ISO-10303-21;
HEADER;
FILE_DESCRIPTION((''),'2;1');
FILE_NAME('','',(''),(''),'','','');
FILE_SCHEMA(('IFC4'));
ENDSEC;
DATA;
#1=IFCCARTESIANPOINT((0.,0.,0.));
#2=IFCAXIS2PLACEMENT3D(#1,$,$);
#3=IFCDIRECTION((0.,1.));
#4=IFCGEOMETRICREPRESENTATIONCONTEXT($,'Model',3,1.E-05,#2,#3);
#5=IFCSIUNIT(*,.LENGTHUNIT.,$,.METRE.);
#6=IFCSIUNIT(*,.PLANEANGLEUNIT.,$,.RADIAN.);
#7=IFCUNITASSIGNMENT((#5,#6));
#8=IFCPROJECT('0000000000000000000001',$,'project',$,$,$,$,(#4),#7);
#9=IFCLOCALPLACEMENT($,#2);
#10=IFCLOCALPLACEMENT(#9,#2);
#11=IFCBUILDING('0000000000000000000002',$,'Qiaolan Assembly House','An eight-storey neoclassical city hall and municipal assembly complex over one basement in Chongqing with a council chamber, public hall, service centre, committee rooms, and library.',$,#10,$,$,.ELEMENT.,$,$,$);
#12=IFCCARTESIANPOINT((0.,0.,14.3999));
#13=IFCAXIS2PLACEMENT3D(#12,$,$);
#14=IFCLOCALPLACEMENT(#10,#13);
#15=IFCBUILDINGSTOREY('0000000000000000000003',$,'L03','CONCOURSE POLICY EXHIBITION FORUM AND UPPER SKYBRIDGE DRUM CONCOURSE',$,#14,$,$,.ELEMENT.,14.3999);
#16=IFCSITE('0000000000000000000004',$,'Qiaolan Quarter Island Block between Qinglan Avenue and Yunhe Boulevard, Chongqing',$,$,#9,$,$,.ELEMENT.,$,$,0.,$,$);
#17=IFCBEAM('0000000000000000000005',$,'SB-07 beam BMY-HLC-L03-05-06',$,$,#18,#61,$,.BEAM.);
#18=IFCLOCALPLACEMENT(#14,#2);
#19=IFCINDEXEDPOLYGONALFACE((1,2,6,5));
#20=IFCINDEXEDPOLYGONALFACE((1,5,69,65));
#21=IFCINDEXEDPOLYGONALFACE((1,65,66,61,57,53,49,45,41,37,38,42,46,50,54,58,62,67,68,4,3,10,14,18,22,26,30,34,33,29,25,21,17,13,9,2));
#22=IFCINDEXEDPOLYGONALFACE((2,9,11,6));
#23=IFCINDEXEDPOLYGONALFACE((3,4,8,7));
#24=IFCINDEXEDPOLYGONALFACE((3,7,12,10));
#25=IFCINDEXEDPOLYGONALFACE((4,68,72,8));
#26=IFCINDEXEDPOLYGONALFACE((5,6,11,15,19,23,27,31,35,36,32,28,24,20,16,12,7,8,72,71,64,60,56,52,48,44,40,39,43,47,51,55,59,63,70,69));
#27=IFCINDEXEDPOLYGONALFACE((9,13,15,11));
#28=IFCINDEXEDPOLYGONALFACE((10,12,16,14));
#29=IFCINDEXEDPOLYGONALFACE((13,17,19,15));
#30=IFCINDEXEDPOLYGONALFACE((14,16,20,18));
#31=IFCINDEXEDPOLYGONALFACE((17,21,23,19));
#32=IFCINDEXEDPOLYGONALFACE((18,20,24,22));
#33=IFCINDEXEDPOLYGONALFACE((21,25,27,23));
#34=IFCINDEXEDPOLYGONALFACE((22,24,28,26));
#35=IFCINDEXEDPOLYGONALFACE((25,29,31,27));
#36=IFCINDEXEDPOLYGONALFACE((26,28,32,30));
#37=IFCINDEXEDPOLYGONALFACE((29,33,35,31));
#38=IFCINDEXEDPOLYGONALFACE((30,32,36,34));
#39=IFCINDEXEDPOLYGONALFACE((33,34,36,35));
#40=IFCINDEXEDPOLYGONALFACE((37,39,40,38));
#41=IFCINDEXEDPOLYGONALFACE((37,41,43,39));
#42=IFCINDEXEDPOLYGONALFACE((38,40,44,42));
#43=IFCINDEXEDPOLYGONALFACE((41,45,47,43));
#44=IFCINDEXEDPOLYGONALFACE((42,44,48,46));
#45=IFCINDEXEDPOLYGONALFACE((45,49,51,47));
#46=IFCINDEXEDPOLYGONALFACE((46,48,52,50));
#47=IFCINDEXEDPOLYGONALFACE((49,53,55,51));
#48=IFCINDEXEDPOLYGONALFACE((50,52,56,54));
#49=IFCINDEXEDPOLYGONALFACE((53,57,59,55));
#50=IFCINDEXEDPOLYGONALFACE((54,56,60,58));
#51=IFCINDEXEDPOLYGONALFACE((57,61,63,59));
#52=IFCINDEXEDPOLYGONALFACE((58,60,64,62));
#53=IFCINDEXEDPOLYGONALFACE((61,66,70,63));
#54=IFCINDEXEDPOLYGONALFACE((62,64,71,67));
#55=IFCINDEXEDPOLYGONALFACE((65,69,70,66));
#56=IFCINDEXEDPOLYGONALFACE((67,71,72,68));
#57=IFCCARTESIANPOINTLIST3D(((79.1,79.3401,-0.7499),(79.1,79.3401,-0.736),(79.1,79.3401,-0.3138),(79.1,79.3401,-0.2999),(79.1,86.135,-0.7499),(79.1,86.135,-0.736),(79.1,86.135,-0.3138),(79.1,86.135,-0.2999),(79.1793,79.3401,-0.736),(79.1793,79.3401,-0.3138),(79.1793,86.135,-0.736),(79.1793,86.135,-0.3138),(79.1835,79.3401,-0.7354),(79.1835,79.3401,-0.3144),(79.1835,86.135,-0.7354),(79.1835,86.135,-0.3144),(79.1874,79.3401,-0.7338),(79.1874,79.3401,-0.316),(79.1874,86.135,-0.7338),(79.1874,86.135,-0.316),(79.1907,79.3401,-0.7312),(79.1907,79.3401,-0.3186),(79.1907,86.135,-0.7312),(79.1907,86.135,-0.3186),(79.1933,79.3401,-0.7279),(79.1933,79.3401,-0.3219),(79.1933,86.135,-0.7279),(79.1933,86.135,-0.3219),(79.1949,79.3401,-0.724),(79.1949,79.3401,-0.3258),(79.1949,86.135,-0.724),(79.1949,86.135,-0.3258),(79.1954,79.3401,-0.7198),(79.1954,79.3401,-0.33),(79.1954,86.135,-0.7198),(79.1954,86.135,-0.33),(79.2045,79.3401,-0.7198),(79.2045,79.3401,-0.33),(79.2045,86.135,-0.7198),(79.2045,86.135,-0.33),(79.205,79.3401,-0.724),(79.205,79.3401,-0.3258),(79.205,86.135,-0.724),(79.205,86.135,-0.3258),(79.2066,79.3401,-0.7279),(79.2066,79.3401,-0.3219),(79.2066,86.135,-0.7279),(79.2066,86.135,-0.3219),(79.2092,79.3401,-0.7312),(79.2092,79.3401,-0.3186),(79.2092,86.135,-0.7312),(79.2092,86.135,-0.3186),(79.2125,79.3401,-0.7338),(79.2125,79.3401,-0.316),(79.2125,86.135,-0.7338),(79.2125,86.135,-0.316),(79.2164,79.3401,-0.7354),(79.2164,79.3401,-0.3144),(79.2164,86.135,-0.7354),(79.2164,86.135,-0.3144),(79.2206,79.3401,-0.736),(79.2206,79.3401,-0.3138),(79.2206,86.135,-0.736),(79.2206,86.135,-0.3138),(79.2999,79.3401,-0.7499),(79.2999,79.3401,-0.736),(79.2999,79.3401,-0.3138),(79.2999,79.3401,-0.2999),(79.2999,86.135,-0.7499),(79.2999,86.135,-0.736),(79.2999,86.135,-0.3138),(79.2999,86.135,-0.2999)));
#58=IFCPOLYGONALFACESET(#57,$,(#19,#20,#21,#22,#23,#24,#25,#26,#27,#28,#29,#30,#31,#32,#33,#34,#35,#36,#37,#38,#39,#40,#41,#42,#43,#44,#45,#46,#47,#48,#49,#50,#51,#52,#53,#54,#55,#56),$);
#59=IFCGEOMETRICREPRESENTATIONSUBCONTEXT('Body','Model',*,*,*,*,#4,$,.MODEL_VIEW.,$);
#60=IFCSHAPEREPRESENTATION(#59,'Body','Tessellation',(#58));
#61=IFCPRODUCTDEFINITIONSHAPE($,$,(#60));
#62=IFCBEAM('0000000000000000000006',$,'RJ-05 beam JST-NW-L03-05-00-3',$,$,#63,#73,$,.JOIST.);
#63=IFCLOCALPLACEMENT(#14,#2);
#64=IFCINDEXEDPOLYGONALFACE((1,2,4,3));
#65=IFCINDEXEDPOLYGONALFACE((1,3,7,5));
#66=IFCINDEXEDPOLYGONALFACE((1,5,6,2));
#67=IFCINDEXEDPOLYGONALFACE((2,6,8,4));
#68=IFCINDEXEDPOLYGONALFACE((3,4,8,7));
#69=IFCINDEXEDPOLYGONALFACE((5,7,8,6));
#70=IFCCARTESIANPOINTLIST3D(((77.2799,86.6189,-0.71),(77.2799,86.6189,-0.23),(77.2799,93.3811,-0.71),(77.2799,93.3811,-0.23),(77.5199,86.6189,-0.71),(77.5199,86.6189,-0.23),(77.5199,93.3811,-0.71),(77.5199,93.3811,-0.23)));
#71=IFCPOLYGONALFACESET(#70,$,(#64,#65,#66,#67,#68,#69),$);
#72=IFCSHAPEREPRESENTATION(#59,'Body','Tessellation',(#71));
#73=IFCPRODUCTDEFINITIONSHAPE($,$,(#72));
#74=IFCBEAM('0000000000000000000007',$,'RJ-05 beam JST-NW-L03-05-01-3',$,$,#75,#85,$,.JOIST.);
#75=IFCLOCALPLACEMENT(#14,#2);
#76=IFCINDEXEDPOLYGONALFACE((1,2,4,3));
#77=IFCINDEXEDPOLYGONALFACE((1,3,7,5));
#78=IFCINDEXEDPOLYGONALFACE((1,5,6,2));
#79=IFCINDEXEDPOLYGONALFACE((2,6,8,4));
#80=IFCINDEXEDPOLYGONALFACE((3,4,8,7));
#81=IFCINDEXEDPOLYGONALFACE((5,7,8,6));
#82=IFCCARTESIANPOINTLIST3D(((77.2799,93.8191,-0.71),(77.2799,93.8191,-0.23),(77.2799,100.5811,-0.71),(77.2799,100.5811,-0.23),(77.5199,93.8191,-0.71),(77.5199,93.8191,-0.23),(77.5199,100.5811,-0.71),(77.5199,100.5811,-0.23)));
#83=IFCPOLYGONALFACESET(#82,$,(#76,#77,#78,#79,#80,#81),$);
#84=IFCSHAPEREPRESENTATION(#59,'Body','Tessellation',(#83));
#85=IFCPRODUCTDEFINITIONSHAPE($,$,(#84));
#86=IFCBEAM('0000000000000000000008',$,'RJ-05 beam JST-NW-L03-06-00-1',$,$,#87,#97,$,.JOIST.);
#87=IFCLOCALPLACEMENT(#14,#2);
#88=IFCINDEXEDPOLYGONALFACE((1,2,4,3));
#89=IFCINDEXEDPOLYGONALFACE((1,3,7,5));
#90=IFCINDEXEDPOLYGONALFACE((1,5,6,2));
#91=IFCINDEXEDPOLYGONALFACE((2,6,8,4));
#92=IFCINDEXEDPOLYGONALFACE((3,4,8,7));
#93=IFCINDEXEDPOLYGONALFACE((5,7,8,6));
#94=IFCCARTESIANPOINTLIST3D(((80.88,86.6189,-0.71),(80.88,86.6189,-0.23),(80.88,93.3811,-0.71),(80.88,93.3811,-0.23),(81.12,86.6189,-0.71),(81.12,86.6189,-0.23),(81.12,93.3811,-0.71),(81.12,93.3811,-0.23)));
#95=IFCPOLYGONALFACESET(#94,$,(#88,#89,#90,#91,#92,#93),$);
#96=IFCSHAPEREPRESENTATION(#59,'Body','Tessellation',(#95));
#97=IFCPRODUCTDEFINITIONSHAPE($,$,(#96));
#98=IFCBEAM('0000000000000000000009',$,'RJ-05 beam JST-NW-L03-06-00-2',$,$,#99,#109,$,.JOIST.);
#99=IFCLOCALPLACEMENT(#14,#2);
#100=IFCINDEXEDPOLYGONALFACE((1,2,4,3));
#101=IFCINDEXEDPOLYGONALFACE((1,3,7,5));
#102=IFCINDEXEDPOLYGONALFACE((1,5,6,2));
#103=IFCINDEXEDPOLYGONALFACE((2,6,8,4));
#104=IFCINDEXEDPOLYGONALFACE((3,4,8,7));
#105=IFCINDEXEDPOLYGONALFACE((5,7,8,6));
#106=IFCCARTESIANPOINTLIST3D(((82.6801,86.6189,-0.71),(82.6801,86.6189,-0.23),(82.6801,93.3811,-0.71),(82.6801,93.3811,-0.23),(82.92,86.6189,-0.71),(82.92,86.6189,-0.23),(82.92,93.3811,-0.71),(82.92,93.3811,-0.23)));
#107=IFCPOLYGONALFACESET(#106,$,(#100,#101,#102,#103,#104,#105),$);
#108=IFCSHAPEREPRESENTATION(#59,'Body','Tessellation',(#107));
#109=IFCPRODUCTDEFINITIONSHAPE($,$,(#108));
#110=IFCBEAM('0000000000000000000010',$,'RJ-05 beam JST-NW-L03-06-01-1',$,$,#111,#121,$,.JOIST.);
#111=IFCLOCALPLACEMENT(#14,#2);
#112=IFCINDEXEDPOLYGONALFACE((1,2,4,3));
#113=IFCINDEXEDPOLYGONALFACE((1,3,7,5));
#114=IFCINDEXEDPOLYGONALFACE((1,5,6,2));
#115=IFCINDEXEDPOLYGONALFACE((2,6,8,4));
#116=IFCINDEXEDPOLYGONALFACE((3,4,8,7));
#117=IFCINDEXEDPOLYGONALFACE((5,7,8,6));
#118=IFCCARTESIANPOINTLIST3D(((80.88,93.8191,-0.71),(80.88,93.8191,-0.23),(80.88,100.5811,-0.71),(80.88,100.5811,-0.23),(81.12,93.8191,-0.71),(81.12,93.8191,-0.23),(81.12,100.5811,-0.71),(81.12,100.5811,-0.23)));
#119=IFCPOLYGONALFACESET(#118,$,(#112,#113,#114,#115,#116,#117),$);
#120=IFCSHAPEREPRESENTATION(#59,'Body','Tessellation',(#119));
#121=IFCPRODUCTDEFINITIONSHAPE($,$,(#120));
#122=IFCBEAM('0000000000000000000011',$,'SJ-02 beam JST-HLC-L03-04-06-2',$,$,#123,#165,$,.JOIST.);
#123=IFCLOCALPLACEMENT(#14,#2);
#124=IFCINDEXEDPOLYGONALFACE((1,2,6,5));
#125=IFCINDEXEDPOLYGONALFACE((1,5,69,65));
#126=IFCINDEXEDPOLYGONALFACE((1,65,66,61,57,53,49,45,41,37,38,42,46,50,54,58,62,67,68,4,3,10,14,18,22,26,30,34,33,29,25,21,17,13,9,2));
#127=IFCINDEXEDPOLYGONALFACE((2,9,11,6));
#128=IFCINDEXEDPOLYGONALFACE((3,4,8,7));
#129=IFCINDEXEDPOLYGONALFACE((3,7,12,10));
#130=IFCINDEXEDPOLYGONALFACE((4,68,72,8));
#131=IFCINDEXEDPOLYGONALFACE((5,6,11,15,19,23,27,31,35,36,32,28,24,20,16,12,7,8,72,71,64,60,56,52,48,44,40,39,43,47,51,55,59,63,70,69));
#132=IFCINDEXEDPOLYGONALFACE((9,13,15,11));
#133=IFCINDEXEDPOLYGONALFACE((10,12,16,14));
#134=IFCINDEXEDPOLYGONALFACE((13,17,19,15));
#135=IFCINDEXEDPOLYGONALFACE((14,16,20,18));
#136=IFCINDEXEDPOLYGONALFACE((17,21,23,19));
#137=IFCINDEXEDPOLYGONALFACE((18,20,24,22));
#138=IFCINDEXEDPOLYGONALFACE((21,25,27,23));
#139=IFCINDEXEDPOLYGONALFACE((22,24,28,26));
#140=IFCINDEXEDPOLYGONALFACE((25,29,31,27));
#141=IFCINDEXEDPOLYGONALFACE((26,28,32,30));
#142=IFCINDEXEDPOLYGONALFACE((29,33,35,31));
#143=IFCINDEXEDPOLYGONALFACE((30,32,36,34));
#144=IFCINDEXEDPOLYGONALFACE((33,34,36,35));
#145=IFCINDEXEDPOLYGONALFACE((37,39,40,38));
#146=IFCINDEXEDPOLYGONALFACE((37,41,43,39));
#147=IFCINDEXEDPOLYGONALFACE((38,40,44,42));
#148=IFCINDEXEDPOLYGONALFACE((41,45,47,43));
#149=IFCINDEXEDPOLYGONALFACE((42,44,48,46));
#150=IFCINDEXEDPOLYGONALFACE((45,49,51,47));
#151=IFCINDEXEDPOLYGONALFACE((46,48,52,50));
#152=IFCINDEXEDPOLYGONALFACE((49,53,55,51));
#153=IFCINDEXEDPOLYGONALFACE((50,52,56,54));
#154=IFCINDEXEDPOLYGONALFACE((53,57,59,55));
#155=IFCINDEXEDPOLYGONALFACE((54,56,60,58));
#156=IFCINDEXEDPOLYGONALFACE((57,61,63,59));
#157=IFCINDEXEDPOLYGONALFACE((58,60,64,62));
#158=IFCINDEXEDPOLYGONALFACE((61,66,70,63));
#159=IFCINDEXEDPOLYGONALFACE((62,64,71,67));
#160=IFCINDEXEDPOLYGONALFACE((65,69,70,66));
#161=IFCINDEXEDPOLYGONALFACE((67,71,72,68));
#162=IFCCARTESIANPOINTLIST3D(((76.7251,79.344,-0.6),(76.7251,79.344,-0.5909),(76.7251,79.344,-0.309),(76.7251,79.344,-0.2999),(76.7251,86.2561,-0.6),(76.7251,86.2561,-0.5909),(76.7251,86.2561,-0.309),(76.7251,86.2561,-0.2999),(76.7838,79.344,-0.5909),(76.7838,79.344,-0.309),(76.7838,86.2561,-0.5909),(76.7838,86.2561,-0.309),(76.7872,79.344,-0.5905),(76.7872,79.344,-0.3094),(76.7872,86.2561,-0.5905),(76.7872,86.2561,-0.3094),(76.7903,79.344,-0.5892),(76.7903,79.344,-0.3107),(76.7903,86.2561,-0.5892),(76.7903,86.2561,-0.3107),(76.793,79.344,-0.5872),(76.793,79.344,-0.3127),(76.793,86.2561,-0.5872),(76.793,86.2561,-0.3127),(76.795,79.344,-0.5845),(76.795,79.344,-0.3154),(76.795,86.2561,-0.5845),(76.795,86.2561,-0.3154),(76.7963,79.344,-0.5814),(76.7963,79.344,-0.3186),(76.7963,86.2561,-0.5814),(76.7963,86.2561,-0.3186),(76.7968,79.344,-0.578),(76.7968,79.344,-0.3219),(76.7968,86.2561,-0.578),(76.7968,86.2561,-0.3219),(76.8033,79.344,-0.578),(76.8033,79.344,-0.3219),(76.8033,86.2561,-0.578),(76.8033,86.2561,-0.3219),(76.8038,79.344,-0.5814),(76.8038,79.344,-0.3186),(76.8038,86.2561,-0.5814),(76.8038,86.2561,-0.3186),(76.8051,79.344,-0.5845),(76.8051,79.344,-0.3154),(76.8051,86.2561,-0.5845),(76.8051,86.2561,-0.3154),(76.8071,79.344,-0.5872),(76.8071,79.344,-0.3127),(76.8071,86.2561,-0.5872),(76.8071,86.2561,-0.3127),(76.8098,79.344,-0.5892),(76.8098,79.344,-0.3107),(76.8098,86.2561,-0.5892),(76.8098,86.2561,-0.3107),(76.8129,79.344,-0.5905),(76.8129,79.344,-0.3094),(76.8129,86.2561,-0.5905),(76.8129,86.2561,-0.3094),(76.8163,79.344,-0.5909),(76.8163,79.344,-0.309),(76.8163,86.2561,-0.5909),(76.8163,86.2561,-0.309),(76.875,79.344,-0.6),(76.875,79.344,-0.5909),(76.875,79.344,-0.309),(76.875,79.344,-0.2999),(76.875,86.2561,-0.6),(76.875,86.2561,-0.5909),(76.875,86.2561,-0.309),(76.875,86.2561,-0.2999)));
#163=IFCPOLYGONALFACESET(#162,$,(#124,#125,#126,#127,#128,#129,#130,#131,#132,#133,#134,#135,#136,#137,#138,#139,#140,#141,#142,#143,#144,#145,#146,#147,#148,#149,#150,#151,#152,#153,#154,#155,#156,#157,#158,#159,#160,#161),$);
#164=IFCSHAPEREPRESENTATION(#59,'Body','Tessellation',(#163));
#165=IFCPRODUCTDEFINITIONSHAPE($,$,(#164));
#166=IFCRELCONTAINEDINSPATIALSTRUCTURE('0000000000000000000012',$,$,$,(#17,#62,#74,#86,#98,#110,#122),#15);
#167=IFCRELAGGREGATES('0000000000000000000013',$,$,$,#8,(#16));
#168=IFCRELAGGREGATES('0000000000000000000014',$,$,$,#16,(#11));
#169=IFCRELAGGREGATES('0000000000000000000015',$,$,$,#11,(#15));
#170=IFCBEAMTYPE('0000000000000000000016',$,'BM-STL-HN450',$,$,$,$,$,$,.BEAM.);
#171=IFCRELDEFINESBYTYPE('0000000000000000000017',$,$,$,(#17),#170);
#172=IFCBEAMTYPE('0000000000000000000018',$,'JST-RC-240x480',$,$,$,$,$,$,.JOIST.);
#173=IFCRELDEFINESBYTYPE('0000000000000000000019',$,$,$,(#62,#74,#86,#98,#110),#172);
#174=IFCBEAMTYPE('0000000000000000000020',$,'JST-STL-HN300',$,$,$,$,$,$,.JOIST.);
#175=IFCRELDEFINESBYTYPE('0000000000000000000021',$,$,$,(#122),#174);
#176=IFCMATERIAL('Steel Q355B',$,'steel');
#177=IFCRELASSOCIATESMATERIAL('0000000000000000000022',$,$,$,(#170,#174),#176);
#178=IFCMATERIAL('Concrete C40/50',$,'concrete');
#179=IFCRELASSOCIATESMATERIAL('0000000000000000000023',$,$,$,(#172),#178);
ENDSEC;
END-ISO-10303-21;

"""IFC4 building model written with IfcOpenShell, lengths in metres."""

from ifc_helpers import new_model, si_unit, direction, frame, origin, origin_2d, place, context, subcontext, project, spatial, rectangle, i_section, extrude, material, material_profile, profile_set, type_object, element, save


model = new_model("IFC4")

# Units and contexts
model_context = context("Model", 3, precision=1e-05, world=origin(), true_north=direction((0.0, 1.0)))
body_context = subcontext(model_context, "Body", "Model", "MODEL_VIEW")
ifc_project = project(units=[si_unit("LENGTHUNIT", "METRE"), si_unit("PLANEANGLEUNIT", "RADIAN")], contexts=[model_context])

# Site, building, storey
site_placement = place(None, origin())
site = spatial("IfcSite", under=ifc_project, at=site_placement, Name="Qiaolan Quarter Island Block between Qinglan Avenue and Yunhe Boulevard, Chongqing", CompositionType="ELEMENT", RefElevation=0.0)
building_placement = place(site_placement, origin())
building = spatial("IfcBuilding", under=site, at=building_placement, Name="Qiaolan Assembly House", Description="An eight-storey neoclassical city hall and municipal assembly complex over one basement in Chongqing with a council chamber, public hall, service centre, committee rooms, and library.", CompositionType="ELEMENT")
storey_placement = place(building_placement, frame((0.0, 0.0, 14.3999)))
storey = spatial("IfcBuildingStorey", under=building, at=storey_placement, Name="L03", Description="CONCOURSE POLICY EXHIBITION FORUM AND UPPER SKYBRIDGE DRUM CONCOURSE", CompositionType="ELEMENT", Elevation=14.3999)

# Shared definitions
ifc_material_1 = material(Name="Steel Q355B", Category="steel")

# Beams
ifc_material_2 = material(Name="Concrete C40/50", Category="concrete")
ifc_material_profile_1 = material_profile(ifc_material_1, i_section(OverallWidth=0.2, OverallDepth=0.45, WebThickness=0.009, FlangeThickness=0.0139, FilletRadius=0.0161, at=origin_2d()), Name="HN 450x200x9x14")
ifc_profile_set_1 = profile_set([ifc_material_profile_1], Name="Steel Q355B")
beam_type_1 = type_object("IfcBeamType", Name="BM-STL-HN450", PredefinedType="BEAM", material=ifc_profile_set_1)
beam_1_placement = place(storey_placement, frame((79.2, 79.3401, -0.5249), z_axis=(0.0, 1.0, 0.0), x_axis=(-1.0, 0.0, 0.0)))
element("IfcBeam", 1, at=beam_1_placement, inside=storey, type_object=beam_type_1, Name="SB-07 beam BMY-HLC-L03-05-06", PredefinedType="BEAM", context=body_context, shape_type="SweptSolid", body=[
    extrude(i_section(OverallWidth=0.2, OverallDepth=0.45, WebThickness=0.009, FlangeThickness=0.0139, FilletRadius=0.0161, at=origin_2d()), origin(), (0.0, 0.0, 1.0), 6.7949),
])
ifc_material_profile_2 = material_profile(ifc_material_2, rectangle(XDim=0.24, YDim=0.48, at=origin_2d()), Name="RCB 240x480")
ifc_profile_set_2 = profile_set([ifc_material_profile_2], Name="Concrete C40/50")
beam_type_2 = type_object("IfcBeamType", Name="JST-RC-240x480", PredefinedType="JOIST", material=ifc_profile_set_2)
beam_2_placement = place(storey_placement, frame((77.3999, 86.6189, -0.47), z_axis=(0.0, 1.0, 0.0), x_axis=(-1.0, 0.0, 0.0)))
element("IfcBeam", 2, at=beam_2_placement, inside=storey, type_object=beam_type_2, Name="RJ-05 beam JST-NW-L03-05-00-3", PredefinedType="JOIST", context=body_context, shape_type="SweptSolid", body=[
    extrude(rectangle(XDim=0.24, YDim=0.48, at=origin_2d()), origin(), (0.0, 0.0, 1.0), 6.7622),
])
beam_3_placement = place(storey_placement, frame((77.3999, 93.8191, -0.47), z_axis=(0.0, 1.0, 0.0), x_axis=(-1.0, 0.0, 0.0)))
element("IfcBeam", 3, at=beam_3_placement, inside=storey, type_object=beam_type_2, Name="RJ-05 beam JST-NW-L03-05-01-3", PredefinedType="JOIST", context=body_context, shape_type="SweptSolid", body=[
    extrude(rectangle(XDim=0.24, YDim=0.48, at=origin_2d()), origin(), (0.0, 0.0, 1.0), 6.762),
])
for number, where, z_axis, x_axis, name in (
    (4, (81.0, 86.6189, -0.47), (0.0, 1.0, 0.0), (-1.0, 0.0, 0.0), "RJ-05 beam JST-NW-L03-06-00-1"),
    (5, (82.8, 86.6189, -0.47), (0.0, 1.0, 0.0), (-1.0, 0.0, 0.0), "RJ-05 beam JST-NW-L03-06-00-2"),
):
    element("IfcBeam", number, at=place(storey_placement, frame(where, z_axis=z_axis, x_axis=x_axis)), inside=storey, type_object=beam_type_2, Name=name, PredefinedType="JOIST", context=body_context, shape_type="SweptSolid", body=[
        extrude(rectangle(XDim=0.24, YDim=0.48, at=origin_2d()), origin(), (0.0, 0.0, 1.0), 6.7622),
    ])
beam_4_placement = place(storey_placement, frame((81.0, 93.8191, -0.47), z_axis=(0.0, 1.0, 0.0), x_axis=(-1.0, 0.0, 0.0)))
element("IfcBeam", 6, at=beam_4_placement, inside=storey, type_object=beam_type_2, Name="RJ-05 beam JST-NW-L03-06-01-1", PredefinedType="JOIST", context=body_context, shape_type="SweptSolid", body=[
    extrude(rectangle(XDim=0.24, YDim=0.48, at=origin_2d()), origin(), (0.0, 0.0, 1.0), 6.762),
])
ifc_material_profile_3 = material_profile(ifc_material_1, i_section(OverallWidth=0.1499, OverallDepth=0.3, WebThickness=0.0066, FlangeThickness=0.009, FilletRadius=0.0129, at=origin_2d()), Name="HN 300x150x6.5x9")
ifc_profile_set_3 = profile_set([ifc_material_profile_3], Name="Steel Q355B")
beam_type_3 = type_object("IfcBeamType", Name="JST-STL-HN300", PredefinedType="JOIST", material=ifc_profile_set_3)
for number, where, z_axis, x_axis, name in (
    (7, (76.8, 79.344, -0.45), (0.0, 1.0, 0.0), (-1.0, 0.0, 0.0), "SJ-02 beam JST-HLC-L03-04-06-2"),
):
    element("IfcBeam", number, at=place(storey_placement, frame(where, z_axis=z_axis, x_axis=x_axis)), inside=storey, type_object=beam_type_3, Name=name, PredefinedType="JOIST", context=body_context, shape_type="SweptSolid", body=[
        extrude(i_section(OverallWidth=0.1499, OverallDepth=0.3, WebThickness=0.0066, FlangeThickness=0.009, FilletRadius=0.0129, at=origin_2d()), origin(), (0.0, 0.0, 1.0), 6.9121),
    ])

save(model, "model.ifc")
